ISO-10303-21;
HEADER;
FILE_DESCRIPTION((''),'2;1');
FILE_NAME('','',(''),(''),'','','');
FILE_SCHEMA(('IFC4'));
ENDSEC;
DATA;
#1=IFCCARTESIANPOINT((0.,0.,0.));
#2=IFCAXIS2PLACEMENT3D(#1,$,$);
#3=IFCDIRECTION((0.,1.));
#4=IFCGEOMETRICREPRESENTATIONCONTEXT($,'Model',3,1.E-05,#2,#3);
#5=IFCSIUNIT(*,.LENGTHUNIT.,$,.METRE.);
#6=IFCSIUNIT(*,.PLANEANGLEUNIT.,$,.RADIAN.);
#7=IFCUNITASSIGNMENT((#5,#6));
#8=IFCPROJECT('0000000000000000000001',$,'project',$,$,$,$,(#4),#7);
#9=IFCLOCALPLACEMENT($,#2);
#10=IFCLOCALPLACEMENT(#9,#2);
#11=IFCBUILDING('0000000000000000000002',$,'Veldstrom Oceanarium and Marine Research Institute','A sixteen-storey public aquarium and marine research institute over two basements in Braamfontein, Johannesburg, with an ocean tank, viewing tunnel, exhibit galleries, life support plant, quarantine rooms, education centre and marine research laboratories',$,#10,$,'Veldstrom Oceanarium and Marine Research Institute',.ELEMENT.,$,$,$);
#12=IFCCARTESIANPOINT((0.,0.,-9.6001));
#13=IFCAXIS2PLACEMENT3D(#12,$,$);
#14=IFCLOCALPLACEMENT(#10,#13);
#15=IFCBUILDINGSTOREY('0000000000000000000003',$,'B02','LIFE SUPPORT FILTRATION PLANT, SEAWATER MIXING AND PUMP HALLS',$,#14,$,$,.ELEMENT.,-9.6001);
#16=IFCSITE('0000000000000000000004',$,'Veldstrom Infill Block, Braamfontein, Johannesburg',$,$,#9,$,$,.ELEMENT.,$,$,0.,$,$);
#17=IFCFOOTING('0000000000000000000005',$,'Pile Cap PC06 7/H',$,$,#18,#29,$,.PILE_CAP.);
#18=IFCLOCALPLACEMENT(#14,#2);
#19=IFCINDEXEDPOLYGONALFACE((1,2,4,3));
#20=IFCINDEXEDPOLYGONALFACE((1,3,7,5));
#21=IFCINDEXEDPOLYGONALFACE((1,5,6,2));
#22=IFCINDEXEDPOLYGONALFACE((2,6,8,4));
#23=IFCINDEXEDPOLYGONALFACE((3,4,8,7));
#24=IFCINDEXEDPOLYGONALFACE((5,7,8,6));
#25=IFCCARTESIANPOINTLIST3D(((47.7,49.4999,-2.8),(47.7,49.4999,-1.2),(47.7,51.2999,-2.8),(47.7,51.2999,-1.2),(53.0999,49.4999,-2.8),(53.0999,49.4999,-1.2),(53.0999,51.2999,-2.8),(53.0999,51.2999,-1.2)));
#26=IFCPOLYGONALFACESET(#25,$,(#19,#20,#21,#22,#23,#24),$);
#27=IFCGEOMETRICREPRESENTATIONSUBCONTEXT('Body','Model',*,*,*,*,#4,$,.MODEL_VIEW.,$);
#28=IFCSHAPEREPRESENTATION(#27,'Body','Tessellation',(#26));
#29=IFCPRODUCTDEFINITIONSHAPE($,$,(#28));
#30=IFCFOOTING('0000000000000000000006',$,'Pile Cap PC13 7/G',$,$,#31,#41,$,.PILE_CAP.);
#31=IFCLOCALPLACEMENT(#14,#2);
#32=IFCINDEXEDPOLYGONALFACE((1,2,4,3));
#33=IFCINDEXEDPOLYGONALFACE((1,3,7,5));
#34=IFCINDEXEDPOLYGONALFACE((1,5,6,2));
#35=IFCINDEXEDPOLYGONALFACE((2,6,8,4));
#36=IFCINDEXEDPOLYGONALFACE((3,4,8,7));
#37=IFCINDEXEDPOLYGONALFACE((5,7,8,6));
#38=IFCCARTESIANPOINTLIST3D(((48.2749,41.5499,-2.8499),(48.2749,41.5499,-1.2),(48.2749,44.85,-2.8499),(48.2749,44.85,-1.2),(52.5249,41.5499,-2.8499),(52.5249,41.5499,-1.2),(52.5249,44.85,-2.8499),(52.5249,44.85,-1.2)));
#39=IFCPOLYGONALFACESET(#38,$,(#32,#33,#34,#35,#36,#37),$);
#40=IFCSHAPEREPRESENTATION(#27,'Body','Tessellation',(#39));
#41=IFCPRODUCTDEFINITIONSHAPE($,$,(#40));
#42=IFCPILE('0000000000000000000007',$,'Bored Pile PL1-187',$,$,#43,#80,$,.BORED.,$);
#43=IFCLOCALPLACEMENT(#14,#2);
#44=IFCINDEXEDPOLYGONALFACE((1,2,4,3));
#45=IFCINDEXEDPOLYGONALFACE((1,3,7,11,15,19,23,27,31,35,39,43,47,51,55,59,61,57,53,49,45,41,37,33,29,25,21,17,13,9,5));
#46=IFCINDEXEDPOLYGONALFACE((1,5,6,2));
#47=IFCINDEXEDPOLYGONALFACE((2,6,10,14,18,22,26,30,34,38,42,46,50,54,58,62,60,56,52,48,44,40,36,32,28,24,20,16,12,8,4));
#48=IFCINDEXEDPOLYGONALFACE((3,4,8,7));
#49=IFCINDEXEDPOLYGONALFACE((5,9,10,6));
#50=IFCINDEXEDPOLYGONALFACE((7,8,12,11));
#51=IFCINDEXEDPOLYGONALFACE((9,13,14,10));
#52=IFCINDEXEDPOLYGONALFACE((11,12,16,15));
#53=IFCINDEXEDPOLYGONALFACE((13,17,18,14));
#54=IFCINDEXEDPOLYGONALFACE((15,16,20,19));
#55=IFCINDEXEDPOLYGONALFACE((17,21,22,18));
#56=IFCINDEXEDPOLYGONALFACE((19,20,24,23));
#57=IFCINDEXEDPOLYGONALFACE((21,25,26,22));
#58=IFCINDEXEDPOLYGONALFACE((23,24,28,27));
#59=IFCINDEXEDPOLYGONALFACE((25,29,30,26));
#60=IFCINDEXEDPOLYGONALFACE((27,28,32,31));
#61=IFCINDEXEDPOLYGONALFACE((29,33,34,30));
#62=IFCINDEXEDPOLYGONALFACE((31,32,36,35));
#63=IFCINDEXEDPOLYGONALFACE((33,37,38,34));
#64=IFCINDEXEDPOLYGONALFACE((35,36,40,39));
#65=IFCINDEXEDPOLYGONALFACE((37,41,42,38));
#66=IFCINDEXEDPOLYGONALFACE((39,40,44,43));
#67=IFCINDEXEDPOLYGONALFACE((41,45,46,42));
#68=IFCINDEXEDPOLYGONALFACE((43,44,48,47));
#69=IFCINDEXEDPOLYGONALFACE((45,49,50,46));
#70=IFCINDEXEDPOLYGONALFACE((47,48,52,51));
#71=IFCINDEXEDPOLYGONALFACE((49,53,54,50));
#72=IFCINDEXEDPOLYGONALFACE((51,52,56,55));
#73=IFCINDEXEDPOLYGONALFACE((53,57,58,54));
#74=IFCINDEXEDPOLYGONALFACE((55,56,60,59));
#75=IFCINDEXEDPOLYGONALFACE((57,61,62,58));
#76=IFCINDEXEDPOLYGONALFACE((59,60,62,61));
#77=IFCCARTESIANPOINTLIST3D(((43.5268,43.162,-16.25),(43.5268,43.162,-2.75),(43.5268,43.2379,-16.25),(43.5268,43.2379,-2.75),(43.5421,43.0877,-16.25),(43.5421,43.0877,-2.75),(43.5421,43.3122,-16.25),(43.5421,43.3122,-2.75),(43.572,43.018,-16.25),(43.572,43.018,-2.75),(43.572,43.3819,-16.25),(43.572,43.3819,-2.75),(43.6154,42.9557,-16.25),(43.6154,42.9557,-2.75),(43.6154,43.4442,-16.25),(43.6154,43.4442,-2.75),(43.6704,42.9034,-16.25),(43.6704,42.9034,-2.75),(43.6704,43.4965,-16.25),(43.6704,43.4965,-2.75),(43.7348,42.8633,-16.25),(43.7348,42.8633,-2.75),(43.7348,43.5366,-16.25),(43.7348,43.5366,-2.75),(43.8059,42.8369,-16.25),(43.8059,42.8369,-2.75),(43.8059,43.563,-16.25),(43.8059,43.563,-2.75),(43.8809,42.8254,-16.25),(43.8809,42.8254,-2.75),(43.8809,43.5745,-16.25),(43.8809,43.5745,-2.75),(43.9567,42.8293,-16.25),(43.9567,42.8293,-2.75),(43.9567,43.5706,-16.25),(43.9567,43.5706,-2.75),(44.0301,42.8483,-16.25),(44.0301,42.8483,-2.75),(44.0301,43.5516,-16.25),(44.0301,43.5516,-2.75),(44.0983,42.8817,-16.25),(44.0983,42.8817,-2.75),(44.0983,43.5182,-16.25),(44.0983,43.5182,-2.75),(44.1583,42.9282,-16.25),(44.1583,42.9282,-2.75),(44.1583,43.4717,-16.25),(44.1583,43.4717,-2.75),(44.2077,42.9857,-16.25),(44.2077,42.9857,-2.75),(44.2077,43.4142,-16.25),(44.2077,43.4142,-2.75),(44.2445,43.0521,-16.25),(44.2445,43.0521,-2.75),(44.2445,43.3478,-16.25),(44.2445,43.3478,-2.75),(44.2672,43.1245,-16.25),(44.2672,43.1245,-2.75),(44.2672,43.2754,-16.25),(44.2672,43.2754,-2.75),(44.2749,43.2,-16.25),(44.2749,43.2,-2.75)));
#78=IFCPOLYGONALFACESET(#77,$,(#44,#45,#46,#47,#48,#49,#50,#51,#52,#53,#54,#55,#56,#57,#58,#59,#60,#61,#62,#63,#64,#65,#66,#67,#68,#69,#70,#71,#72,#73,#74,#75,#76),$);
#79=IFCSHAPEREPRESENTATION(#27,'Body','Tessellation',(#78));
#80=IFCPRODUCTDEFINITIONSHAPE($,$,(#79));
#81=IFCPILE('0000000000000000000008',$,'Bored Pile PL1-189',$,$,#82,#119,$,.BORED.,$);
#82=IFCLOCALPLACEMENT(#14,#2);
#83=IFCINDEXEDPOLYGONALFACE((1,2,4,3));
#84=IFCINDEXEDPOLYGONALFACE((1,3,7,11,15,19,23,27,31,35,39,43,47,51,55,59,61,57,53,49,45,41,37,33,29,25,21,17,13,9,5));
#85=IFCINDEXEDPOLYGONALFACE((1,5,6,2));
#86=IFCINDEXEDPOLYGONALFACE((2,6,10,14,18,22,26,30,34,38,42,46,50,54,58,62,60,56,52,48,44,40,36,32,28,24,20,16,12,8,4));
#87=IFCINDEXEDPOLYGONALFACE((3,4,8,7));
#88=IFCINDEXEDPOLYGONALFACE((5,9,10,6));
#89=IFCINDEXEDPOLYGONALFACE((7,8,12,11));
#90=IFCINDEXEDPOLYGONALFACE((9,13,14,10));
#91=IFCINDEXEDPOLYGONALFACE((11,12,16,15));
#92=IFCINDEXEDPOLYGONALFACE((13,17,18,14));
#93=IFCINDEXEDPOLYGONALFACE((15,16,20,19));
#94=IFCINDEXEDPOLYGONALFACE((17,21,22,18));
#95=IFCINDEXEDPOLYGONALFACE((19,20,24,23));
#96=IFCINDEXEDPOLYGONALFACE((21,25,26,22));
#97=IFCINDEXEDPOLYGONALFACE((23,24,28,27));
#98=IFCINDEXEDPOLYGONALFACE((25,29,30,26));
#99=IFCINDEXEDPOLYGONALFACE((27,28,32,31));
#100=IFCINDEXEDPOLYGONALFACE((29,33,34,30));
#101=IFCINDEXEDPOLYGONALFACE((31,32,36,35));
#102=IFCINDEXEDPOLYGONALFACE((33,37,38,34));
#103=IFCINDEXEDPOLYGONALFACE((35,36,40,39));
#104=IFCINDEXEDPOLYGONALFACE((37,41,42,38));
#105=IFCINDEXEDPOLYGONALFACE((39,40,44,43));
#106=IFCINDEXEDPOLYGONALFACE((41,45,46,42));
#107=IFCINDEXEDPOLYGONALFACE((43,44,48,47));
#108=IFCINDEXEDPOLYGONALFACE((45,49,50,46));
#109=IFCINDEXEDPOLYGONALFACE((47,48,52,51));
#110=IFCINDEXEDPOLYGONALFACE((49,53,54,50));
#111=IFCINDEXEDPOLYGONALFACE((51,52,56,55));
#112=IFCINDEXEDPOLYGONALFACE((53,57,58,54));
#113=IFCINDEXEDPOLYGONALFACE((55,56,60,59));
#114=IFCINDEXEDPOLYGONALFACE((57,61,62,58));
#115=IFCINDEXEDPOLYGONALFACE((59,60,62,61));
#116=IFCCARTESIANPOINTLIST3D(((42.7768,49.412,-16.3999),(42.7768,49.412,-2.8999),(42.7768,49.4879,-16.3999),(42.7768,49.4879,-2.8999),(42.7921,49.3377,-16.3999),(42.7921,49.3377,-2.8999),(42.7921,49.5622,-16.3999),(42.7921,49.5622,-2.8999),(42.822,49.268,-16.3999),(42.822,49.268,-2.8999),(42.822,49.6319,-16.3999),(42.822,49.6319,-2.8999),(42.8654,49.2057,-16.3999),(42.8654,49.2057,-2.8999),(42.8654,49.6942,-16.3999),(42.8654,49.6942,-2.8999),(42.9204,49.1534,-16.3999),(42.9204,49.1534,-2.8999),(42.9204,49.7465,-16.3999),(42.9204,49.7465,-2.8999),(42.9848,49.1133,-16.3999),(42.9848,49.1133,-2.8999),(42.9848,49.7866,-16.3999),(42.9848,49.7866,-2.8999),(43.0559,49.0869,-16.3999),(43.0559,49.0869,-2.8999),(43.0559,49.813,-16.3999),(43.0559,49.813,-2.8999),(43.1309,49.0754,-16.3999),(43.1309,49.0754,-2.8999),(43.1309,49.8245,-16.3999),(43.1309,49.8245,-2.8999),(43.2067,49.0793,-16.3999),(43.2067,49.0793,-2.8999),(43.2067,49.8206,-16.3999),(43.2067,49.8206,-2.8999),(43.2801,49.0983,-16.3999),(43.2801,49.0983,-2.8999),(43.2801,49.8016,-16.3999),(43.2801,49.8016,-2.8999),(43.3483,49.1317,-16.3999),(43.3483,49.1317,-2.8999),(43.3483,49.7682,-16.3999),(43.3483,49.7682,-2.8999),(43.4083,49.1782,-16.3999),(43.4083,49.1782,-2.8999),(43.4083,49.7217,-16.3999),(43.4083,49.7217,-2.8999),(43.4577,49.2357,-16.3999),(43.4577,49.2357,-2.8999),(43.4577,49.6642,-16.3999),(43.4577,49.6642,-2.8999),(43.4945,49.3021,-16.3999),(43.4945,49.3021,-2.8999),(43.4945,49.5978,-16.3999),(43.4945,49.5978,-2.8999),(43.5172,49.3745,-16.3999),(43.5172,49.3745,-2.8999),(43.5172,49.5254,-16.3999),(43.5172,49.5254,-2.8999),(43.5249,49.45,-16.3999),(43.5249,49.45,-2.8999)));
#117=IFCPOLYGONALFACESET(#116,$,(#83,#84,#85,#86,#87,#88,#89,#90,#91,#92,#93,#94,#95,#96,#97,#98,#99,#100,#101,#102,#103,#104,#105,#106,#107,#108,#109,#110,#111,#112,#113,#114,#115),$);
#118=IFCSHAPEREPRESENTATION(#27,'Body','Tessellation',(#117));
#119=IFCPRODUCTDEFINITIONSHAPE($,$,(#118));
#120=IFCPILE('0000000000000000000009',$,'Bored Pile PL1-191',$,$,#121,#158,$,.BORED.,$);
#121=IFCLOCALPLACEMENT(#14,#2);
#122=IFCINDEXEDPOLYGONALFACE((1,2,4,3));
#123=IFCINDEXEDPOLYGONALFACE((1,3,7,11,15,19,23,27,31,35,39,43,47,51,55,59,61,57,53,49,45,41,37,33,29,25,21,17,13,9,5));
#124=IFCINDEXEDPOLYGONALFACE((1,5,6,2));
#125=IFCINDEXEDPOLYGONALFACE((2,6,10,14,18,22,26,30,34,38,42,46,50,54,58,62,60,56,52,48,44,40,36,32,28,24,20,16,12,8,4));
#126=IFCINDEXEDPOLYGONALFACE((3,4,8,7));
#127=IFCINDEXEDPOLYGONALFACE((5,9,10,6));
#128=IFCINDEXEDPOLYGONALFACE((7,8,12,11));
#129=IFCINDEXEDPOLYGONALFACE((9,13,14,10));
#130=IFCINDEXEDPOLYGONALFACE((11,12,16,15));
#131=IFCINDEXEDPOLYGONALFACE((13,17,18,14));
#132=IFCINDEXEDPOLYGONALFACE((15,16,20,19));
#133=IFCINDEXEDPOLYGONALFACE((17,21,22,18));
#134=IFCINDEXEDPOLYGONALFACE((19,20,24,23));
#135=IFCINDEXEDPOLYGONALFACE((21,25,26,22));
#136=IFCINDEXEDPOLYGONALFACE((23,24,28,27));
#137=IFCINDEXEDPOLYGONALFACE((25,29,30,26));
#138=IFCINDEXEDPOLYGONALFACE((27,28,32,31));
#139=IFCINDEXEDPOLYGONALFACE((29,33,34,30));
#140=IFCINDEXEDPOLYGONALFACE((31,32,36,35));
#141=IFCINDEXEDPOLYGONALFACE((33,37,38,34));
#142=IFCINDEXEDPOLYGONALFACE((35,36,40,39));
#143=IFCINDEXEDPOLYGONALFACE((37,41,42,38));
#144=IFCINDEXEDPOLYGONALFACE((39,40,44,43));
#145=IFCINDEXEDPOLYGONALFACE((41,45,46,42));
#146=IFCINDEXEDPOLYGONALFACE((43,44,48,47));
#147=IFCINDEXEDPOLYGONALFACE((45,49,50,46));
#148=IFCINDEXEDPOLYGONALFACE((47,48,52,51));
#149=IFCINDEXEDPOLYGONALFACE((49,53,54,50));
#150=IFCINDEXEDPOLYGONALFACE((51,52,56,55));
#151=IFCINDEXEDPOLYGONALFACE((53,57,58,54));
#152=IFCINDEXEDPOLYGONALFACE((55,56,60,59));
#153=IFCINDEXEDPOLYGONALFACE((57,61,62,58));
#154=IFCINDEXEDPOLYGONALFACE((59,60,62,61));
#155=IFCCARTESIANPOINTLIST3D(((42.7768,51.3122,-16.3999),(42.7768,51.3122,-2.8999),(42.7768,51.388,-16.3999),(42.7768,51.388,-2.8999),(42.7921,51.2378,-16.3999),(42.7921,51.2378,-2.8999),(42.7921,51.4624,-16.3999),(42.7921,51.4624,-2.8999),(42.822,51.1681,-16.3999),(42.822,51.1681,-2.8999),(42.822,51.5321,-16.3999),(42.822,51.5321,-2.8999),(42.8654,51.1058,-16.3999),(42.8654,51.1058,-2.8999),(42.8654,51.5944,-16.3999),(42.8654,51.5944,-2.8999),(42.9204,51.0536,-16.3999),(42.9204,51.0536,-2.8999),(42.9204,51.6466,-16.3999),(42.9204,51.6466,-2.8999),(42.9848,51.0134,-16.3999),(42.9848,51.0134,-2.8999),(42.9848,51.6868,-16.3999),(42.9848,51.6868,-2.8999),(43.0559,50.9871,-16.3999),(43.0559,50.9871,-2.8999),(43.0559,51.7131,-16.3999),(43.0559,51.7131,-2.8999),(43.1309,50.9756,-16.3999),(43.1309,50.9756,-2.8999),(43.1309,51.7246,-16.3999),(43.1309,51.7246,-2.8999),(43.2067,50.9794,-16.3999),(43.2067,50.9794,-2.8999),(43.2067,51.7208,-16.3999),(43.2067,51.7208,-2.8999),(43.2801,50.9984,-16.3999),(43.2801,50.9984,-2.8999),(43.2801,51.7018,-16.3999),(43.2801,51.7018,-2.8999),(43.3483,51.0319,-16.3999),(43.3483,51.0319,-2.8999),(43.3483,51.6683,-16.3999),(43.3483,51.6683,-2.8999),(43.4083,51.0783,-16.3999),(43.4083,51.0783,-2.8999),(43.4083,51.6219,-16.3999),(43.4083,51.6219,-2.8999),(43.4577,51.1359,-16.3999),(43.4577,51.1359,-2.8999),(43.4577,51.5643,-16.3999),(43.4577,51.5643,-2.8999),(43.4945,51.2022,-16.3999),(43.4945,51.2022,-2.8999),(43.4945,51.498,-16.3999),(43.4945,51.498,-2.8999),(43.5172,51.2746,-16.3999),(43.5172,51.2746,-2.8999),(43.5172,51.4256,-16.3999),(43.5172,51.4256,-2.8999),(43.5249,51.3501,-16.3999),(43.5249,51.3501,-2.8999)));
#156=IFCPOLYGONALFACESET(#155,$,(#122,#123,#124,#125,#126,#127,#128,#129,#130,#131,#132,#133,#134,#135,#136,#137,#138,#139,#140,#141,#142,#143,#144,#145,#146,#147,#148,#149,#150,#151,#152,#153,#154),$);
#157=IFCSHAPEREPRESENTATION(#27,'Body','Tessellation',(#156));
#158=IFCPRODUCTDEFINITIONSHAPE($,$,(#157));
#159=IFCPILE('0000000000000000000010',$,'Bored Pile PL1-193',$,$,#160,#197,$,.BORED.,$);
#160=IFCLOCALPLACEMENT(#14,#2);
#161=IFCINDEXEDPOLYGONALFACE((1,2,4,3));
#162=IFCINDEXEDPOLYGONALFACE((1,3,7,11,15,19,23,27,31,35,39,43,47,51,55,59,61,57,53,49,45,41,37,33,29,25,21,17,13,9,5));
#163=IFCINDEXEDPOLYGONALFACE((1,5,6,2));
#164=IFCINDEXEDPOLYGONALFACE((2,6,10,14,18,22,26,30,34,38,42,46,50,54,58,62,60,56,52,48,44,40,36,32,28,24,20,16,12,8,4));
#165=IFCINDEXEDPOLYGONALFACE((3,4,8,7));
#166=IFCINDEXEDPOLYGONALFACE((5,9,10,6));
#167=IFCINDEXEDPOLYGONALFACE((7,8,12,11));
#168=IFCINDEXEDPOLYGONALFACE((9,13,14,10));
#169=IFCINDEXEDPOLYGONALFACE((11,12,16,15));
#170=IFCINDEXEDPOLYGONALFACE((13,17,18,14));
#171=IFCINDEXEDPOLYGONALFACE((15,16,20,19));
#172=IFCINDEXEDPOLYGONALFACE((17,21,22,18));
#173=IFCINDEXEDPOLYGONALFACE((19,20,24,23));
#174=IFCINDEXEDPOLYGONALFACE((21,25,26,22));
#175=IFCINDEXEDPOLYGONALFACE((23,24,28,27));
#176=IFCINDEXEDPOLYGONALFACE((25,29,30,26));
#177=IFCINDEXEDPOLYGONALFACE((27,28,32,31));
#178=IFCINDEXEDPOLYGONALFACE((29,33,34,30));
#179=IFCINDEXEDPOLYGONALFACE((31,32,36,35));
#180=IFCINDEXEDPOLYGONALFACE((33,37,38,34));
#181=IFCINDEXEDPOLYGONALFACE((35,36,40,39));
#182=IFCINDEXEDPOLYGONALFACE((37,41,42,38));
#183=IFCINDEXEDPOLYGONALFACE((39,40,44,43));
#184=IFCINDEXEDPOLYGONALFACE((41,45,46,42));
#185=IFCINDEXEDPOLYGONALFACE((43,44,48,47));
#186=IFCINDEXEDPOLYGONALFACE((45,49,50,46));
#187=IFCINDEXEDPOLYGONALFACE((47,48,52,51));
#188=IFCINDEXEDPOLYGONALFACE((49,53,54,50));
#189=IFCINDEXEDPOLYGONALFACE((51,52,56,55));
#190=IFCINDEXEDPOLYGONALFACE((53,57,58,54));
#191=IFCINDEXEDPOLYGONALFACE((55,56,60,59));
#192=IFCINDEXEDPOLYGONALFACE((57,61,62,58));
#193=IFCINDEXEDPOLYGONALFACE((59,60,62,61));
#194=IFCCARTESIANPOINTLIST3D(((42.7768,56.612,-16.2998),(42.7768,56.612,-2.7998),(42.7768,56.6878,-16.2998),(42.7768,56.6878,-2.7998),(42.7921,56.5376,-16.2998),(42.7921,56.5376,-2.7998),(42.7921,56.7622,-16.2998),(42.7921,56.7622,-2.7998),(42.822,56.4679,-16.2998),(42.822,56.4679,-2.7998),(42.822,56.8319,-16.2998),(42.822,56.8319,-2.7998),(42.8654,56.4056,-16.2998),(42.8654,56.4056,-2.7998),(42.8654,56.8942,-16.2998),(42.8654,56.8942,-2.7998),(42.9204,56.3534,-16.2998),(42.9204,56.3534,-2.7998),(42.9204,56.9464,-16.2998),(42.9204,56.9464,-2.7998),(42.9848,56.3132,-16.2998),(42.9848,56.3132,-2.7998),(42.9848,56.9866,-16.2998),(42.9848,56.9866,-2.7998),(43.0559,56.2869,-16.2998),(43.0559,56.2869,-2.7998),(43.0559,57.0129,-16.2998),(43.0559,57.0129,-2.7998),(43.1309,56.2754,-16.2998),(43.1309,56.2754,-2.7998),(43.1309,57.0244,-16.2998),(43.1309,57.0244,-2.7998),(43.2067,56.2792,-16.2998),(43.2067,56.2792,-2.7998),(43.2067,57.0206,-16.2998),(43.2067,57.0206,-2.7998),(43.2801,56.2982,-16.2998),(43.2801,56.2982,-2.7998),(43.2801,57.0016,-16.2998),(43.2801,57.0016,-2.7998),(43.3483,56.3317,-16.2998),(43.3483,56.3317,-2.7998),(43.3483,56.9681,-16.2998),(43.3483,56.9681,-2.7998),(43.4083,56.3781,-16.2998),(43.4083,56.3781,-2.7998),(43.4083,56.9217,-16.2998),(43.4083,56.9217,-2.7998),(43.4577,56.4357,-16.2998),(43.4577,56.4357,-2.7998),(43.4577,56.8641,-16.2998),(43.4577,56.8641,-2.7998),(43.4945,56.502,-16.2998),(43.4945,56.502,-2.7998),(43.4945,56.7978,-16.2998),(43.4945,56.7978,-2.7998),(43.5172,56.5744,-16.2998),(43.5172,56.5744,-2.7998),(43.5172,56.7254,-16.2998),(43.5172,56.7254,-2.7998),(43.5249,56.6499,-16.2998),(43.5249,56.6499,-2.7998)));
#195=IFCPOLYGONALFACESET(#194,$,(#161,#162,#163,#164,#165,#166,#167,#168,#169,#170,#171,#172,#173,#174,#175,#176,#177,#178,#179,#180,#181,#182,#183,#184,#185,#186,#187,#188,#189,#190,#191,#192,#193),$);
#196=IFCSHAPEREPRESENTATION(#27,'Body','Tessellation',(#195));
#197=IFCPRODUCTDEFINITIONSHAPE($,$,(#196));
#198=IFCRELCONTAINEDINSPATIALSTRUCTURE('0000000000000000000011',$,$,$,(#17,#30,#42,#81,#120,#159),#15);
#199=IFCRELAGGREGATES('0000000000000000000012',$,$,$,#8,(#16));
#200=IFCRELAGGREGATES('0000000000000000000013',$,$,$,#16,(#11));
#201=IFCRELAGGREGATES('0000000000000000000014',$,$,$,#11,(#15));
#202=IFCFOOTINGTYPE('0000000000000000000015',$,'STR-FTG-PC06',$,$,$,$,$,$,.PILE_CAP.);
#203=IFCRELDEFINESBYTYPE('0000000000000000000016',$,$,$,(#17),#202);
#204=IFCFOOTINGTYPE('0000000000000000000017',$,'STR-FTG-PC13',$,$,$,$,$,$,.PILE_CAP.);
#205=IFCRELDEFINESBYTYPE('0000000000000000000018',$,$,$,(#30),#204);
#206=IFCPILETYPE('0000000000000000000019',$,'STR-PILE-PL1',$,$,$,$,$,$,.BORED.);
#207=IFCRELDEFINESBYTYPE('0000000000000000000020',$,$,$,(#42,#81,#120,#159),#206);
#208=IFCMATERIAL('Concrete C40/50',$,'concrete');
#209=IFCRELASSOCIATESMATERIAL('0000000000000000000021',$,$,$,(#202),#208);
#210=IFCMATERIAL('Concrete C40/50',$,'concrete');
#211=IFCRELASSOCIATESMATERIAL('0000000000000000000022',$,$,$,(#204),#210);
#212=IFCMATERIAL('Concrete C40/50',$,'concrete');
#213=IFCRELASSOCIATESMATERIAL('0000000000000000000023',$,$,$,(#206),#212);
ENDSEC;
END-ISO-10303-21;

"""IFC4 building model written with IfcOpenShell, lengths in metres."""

from ifc_helpers import new_model, si_unit, direction, frame, origin, origin_2d, place, context, subcontext, project, spatial, rectangle, circle, extrude, material, material_profile, profile_set, type_object, element, save


model = new_model("IFC4")

# Units and contexts
model_context = context("Model", 3, precision=1e-05, world=origin(), true_north=direction((0.0, 1.0)))
body_context = subcontext(model_context, "Body", "Model", "MODEL_VIEW")
ifc_project = project(units=[si_unit("LENGTHUNIT", "METRE"), si_unit("PLANEANGLEUNIT", "RADIAN")], contexts=[model_context])

# Site, building, storey
site_placement = place(None, origin())
site = spatial("IfcSite", under=ifc_project, at=site_placement, Name="Veldstrom Infill Block, Braamfontein, Johannesburg", CompositionType="ELEMENT", RefElevation=0.0)
building_placement = place(site_placement, origin())
building = spatial("IfcBuilding", under=site, at=building_placement, Name="Veldstrom Oceanarium and Marine Research Institute", Description="A sixteen-storey public aquarium and marine research institute over two basements in Braamfontein, Johannesburg, with an ocean tank, viewing tunnel, exhibit galleries, life support plant, quarantine rooms, education centre and marine research laboratories", LongName="Veldstrom Oceanarium and Marine Research Institute", CompositionType="ELEMENT")
storey_placement = place(building_placement, frame((0.0, 0.0, -9.6001)))
storey = spatial("IfcBuildingStorey", under=building, at=storey_placement, Name="B02", Description="LIFE SUPPORT FILTRATION PLANT, SEAWATER MIXING AND PUMP HALLS", CompositionType="ELEMENT", Elevation=-9.6001)

# Footings
ifc_material_1 = material(Name="Concrete C40/50", Category="concrete")
footing_type_1 = type_object("IfcFootingType", Name="STR-FTG-PC06", PredefinedType="PILE_CAP", material=ifc_material_1)
footing_1_placement = place(storey_placement, frame((50.3999, 50.3999, -2.8), z_axis=(0.0, 0.0, 1.0), x_axis=(1.0, 0.0, 0.0)))
element("IfcFooting", 1, at=footing_1_placement, inside=storey, type_object=footing_type_1, Name="Pile Cap PC06 7/H", PredefinedType="PILE_CAP", context=body_context, shape_type="SweptSolid", body=[
    extrude(rectangle(XDim=5.3999, YDim=1.8, at=origin_2d()), origin(), (0.0, 0.0, 1.0), 1.6001),
])
ifc_material_2 = material(Name="Concrete C40/50", Category="concrete")
footing_type_2 = type_object("IfcFootingType", Name="STR-FTG-PC13", PredefinedType="PILE_CAP", material=ifc_material_2)
footing_2_placement = place(storey_placement, frame((50.3999, 43.2, -2.8499), z_axis=(0.0, 0.0, 1.0), x_axis=(1.0, 0.0, 0.0)))
element("IfcFooting", 2, at=footing_2_placement, inside=storey, type_object=footing_type_2, Name="Pile Cap PC13 7/G", PredefinedType="PILE_CAP", context=body_context, shape_type="SweptSolid", body=[
    extrude(rectangle(XDim=4.25, YDim=3.3, at=origin_2d()), origin(), (0.0, 0.0, 1.0), 1.6499),
])

# Piles
ifc_material_3 = material(Name="Concrete C40/50", Category="concrete")
ifc_material_profile_1 = material_profile(ifc_material_3, circle(Radius=0.375, at=origin_2d()), Name="PILE-D750")
ifc_profile_set_1 = profile_set([ifc_material_profile_1], Name="Concrete C40/50")
pile_type = type_object("IfcPileType", Name="STR-PILE-PL1", PredefinedType="BORED", material=ifc_profile_set_1)
for number, where, z_axis, x_axis, name in (
    (3, (43.8999, 43.2, -2.75), (0.0, 0.0, -1.0), (1.0, 0.0, 0.0), "Bored Pile PL1-187"),
    (4, (43.1499, 49.45, -2.8999), (0.0, 0.0, -1.0), (1.0, 0.0, 0.0), "Bored Pile PL1-189"),
    (5, (43.1499, 51.3501, -2.8999), (0.0, 0.0, -1.0), (1.0, 0.0, 0.0), "Bored Pile PL1-191"),
    (6, (43.1499, 56.6499, -2.7998), (0.0, 0.0, -1.0), (1.0, 0.0, 0.0), "Bored Pile PL1-193"),
):
    element("IfcPile", number, at=place(storey_placement, frame(where, z_axis=z_axis, x_axis=x_axis)), inside=storey, type_object=pile_type, Name=name, PredefinedType="BORED", context=body_context, shape_type="SweptSolid", body=[
        extrude(circle(Radius=0.375, at=origin_2d()), origin(), (0.0, 0.0, 1.0), 13.5),
    ])

save(model, "model.ifc")
